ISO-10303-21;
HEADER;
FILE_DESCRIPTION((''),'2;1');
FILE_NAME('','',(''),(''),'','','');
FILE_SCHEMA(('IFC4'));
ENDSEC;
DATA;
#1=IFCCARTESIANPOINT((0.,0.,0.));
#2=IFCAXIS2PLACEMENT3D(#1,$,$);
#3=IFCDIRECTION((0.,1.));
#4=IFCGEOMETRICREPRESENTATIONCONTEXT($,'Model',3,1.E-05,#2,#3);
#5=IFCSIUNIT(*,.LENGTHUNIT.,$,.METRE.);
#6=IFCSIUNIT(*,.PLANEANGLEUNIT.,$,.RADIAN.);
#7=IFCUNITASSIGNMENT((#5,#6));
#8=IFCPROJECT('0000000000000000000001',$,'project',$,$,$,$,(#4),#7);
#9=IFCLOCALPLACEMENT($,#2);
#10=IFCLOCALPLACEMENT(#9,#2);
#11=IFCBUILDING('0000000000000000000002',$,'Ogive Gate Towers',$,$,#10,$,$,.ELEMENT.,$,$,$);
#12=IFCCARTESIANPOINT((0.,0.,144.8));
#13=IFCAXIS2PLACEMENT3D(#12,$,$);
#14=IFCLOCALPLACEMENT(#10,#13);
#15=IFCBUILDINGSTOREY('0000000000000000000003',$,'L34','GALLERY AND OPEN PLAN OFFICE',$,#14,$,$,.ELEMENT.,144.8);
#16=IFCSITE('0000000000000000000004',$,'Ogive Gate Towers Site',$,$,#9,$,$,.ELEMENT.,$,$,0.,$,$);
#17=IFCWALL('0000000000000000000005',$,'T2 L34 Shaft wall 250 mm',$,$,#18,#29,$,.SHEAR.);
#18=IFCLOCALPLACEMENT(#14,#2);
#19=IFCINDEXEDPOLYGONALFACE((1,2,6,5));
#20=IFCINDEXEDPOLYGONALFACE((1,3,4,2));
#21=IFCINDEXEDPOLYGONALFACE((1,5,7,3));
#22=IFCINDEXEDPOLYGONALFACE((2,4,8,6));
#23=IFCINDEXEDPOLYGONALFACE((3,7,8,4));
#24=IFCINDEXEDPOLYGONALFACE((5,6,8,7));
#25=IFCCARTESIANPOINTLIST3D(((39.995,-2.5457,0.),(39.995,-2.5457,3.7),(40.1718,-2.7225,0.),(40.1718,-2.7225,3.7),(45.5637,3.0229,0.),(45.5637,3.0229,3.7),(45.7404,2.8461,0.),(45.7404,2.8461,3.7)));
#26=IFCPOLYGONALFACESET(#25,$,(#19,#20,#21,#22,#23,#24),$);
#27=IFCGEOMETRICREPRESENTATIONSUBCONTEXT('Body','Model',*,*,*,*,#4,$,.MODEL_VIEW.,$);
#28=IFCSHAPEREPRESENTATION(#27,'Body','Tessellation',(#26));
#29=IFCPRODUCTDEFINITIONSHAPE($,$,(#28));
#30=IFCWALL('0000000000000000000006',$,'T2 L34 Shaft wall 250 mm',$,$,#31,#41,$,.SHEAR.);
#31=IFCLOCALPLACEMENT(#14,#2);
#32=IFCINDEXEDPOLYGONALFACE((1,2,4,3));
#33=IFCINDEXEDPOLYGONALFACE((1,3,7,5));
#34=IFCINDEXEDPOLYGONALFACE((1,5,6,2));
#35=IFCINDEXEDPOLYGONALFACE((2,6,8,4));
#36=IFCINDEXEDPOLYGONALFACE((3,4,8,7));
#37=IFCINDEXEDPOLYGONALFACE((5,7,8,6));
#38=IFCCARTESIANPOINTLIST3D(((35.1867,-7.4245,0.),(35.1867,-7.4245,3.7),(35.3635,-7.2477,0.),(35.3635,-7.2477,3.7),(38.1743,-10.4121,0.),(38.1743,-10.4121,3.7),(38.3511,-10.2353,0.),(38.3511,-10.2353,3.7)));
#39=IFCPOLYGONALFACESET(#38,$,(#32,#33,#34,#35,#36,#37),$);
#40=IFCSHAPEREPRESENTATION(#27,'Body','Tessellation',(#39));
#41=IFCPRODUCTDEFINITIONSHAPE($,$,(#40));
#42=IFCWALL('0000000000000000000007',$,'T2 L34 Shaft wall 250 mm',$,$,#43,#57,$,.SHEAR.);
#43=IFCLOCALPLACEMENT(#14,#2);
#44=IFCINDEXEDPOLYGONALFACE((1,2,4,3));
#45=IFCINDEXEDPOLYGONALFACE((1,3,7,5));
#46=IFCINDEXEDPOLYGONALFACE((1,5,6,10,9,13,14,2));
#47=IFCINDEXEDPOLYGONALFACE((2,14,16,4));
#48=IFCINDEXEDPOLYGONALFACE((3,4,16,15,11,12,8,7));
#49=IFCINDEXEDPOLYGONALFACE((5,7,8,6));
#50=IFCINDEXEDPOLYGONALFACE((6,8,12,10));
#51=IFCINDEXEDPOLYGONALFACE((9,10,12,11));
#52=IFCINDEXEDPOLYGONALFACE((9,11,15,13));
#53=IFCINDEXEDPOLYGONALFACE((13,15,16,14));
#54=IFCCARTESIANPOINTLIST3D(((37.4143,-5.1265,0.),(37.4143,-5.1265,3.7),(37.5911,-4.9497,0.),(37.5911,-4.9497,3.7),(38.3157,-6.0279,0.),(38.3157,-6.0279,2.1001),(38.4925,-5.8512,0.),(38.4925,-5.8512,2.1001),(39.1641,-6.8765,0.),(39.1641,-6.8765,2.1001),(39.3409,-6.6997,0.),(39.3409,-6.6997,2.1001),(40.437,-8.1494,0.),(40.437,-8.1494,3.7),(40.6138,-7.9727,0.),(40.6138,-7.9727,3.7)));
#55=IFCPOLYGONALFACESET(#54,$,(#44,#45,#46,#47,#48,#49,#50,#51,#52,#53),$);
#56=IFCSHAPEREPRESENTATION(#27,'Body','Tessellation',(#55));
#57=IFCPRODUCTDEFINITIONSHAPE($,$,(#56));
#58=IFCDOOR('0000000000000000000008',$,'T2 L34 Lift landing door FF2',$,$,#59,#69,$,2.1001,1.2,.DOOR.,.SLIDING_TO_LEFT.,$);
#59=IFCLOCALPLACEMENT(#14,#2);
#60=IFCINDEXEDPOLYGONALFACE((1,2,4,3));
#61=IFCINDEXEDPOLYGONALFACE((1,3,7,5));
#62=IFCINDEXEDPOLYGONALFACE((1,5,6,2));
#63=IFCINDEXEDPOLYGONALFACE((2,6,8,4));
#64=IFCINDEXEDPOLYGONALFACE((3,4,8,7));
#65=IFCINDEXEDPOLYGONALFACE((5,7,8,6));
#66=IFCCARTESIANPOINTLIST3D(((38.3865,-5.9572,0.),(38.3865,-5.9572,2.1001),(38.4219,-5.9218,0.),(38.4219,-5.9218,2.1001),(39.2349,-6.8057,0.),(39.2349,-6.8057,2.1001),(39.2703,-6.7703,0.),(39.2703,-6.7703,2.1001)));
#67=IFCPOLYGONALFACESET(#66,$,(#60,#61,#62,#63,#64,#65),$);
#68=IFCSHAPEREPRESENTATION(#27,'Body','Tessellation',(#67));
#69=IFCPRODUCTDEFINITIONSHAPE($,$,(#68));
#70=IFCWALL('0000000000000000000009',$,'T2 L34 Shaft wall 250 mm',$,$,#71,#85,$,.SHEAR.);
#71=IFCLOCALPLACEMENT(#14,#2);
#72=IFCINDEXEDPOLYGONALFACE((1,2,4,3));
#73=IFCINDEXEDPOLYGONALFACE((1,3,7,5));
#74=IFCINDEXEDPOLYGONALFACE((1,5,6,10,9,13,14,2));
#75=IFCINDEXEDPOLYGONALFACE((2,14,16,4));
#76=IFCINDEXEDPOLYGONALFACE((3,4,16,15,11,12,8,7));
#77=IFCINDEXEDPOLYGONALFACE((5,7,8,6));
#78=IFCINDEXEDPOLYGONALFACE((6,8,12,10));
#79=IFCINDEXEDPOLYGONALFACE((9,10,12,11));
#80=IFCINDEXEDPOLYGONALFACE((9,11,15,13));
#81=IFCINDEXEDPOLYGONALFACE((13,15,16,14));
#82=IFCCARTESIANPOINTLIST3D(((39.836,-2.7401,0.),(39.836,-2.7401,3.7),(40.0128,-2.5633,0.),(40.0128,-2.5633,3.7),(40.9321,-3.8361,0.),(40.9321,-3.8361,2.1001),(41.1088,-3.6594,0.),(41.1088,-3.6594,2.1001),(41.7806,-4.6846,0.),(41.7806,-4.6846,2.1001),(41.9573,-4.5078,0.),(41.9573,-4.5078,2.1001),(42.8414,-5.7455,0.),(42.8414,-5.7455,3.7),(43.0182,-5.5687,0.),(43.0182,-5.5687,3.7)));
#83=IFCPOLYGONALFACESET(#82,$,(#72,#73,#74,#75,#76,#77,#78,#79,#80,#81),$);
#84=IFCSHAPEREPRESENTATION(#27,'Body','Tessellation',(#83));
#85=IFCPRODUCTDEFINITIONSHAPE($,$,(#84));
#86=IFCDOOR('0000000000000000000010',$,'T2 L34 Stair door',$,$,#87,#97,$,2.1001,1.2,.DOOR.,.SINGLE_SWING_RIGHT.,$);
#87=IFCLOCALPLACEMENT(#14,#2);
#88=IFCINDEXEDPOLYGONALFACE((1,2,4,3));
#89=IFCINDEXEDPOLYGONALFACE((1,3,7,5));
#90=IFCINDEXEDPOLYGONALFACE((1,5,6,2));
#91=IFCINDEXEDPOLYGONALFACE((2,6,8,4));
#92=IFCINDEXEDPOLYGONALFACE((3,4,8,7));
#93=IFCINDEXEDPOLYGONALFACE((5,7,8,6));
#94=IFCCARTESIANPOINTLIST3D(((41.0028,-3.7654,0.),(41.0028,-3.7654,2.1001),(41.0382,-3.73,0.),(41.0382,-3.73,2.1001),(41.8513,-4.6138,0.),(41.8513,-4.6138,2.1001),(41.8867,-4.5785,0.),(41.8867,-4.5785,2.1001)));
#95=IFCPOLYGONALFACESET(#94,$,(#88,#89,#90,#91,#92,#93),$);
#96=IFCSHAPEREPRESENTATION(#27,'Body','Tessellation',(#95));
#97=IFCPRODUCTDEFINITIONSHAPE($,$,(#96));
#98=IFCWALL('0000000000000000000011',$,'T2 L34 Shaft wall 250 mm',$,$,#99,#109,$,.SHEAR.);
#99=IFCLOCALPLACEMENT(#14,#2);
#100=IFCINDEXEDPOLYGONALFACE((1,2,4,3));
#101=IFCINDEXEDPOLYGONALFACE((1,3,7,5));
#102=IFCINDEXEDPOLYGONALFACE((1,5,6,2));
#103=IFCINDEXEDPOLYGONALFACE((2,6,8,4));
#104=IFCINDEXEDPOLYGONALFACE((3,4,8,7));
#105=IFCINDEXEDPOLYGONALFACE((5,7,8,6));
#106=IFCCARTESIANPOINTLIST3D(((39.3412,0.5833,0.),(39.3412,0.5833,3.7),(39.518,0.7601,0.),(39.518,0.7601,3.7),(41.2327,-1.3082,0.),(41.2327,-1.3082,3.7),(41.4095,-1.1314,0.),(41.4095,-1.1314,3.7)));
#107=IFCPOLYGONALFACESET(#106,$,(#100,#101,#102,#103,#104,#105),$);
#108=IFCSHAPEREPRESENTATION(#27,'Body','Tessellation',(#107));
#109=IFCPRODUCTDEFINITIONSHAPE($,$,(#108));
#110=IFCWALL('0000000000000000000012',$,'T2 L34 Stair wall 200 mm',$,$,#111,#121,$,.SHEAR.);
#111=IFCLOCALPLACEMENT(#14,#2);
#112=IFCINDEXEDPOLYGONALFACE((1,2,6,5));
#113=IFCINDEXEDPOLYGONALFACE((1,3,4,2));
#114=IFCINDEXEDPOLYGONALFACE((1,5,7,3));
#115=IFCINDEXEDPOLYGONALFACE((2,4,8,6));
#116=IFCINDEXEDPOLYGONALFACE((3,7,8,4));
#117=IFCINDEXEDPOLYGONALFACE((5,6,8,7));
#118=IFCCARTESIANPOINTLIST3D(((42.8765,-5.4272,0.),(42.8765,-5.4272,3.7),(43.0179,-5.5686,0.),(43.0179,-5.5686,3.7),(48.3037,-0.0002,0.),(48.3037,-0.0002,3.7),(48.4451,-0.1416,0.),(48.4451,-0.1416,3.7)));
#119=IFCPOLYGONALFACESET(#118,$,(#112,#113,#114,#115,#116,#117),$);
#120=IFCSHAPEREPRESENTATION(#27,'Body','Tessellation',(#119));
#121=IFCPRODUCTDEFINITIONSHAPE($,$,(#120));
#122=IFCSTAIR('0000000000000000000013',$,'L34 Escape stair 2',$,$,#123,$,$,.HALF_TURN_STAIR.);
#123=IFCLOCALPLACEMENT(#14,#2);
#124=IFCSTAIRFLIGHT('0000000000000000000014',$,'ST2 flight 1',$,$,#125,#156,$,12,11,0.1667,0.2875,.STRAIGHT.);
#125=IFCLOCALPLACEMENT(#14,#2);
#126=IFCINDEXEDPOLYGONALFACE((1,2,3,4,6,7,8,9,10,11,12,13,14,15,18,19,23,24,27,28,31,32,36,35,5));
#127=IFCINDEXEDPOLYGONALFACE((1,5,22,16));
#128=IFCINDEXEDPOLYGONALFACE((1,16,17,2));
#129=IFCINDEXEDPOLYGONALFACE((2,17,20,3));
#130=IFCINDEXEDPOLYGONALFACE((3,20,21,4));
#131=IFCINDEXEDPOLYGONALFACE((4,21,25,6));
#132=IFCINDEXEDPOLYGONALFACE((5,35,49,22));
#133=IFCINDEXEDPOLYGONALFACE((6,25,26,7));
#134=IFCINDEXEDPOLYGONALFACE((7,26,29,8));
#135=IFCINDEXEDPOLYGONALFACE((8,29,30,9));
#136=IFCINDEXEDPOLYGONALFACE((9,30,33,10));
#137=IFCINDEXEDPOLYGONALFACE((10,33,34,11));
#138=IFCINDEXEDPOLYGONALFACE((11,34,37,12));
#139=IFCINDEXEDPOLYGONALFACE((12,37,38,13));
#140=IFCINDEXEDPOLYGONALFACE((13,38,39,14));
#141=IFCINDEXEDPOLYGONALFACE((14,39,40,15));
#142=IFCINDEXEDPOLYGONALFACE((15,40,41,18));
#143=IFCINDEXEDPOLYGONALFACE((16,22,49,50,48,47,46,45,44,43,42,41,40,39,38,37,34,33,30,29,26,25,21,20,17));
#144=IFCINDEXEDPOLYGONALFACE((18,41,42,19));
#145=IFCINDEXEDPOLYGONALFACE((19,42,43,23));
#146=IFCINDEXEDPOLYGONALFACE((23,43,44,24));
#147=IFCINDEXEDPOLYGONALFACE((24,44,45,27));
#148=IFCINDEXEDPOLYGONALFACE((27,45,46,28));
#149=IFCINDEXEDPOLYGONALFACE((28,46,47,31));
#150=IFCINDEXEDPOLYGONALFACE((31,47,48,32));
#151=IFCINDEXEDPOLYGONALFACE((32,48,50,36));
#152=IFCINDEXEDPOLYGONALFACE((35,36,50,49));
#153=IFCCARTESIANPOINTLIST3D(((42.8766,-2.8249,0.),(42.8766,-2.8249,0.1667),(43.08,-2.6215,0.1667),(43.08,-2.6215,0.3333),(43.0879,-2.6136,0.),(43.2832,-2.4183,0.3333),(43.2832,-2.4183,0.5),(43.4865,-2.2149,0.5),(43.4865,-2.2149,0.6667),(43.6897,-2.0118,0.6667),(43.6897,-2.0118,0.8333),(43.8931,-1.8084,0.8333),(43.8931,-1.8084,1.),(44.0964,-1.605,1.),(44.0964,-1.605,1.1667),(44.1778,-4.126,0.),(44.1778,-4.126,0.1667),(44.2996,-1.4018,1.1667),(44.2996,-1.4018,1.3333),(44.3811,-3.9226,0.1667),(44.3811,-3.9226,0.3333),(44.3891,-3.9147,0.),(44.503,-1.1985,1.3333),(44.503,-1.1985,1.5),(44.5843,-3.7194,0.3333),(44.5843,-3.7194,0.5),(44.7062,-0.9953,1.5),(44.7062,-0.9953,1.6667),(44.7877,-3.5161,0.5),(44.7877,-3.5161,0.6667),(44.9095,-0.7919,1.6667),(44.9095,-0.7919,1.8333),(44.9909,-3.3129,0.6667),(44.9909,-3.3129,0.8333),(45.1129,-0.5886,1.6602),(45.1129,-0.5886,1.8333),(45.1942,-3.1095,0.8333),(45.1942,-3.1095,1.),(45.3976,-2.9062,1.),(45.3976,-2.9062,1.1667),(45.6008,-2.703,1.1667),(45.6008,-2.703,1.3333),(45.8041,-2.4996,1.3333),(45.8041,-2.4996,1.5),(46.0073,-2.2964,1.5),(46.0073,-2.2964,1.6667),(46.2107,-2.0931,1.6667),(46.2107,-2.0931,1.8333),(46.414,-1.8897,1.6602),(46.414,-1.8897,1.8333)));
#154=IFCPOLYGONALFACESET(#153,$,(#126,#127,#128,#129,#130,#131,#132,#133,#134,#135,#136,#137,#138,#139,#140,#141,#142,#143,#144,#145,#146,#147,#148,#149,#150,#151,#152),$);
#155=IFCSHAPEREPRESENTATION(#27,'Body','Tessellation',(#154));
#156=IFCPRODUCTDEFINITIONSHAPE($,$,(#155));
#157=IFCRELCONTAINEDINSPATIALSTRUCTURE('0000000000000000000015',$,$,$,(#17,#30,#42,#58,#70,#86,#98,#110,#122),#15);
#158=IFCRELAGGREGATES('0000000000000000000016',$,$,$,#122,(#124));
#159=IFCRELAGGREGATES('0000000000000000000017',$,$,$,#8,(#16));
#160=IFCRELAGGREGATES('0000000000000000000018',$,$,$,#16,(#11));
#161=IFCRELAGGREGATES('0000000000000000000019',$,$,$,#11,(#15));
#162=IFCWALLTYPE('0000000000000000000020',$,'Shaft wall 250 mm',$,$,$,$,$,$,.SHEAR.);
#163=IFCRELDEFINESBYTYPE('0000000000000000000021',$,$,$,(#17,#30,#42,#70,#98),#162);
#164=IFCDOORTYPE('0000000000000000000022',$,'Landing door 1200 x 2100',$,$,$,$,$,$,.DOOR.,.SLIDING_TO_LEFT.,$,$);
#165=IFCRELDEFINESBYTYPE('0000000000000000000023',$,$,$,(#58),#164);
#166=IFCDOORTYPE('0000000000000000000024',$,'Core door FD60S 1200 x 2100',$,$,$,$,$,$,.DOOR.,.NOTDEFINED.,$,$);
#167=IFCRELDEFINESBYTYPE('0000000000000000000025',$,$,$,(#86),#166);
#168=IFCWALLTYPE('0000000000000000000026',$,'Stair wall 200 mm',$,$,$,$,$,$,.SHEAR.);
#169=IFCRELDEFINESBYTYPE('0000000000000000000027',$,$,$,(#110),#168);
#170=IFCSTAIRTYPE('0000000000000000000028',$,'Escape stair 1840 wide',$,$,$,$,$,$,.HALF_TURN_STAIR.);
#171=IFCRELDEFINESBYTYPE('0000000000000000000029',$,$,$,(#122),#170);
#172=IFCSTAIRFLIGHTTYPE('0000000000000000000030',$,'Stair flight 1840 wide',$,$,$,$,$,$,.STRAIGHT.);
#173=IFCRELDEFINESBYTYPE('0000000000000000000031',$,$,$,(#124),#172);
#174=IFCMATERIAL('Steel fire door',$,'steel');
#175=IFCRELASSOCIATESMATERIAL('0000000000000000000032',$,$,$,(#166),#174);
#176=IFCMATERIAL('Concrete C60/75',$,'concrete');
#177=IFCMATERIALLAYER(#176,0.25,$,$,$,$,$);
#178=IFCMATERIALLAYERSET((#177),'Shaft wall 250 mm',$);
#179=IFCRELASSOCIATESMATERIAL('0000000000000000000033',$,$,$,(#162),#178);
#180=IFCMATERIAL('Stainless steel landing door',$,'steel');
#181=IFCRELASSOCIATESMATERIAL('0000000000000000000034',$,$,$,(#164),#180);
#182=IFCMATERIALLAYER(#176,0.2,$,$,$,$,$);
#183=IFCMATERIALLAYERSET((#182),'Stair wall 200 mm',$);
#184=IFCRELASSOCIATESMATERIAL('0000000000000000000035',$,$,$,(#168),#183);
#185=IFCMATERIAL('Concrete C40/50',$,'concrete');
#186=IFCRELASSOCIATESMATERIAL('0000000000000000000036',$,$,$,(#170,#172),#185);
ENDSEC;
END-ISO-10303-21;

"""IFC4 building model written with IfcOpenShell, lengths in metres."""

from ifc_helpers import new_model, si_unit, direction, frame, frame_2d, origin, place, context, subcontext, project, spatial, polyline, rectangle, outline, extrude, material, layer, layer_set, type_object, element, fill, aggregate, save


model = new_model("IFC4")

# Units and contexts
model_context = context("Model", 3, precision=1e-05, world=origin(), true_north=direction((0.0, 1.0)))
body_context = subcontext(model_context, "Body", "Model", "MODEL_VIEW")
ifc_project = project(units=[si_unit("LENGTHUNIT", "METRE"), si_unit("PLANEANGLEUNIT", "RADIAN")], contexts=[model_context])

# Site, building, storey
site_placement = place(None, origin())
site = spatial("IfcSite", under=ifc_project, at=site_placement, Name="Ogive Gate Towers Site", CompositionType="ELEMENT", RefElevation=0.0)
building_placement = place(site_placement, origin())
building = spatial("IfcBuilding", under=site, at=building_placement, Name="Ogive Gate Towers", CompositionType="ELEMENT")
storey_placement = place(building_placement, frame((0.0, 0.0, 144.8)))
storey = spatial("IfcBuildingStorey", under=building, at=storey_placement, Name="L34", Description="GALLERY AND OPEN PLAN OFFICE", CompositionType="ELEMENT", Elevation=144.8)

# Shared definitions
ifc_material_1 = material(Name="Concrete C60/75", Category="concrete")
ifc_material_2 = material(Name="Steel fire door", Category="steel")
door_type_1 = type_object("IfcDoorType", Name="Core door FD60S 1200 x 2100", OperationType="NOTDEFINED", PredefinedType="DOOR", material=ifc_material_2)

# Walls
ifc_layer_1 = layer(ifc_material_1, 0.25)
ifc_layer_set_1 = layer_set([ifc_layer_1], Name="Shaft wall 250 mm")
wall_type_1 = type_object("IfcWallType", Name="Shaft wall 250 mm", PredefinedType="SHEAR", material=ifc_layer_set_1)
wall_1_placement = place(storey_placement, frame((40.0835, -2.634, 0.0), z_axis=(0.0, 0.0, 1.0), x_axis=(0.707107, 0.707107, 0.0)))
element("IfcWall", 1, at=wall_1_placement, inside=storey, type_object=wall_type_1, Name="T2 L34 Shaft wall 250 mm", PredefinedType="SHEAR", context=body_context, shape_type="SweptSolid", body=[
    extrude(rectangle(XDim=7.8752, YDim=0.25, at=frame_2d((3.9375, 0.0))), origin(), (0.0, 0.0, 1.0), 3.7),
])
wall_2_placement = place(storey_placement, frame((38.2627, -10.3237, 0.0), z_axis=(0.0, 0.0, 1.0), x_axis=(-0.707107, 0.707107, 0.0)))
element("IfcWall", 2, at=wall_2_placement, inside=storey, type_object=wall_type_1, Name="T2 L34 Shaft wall 250 mm", PredefinedType="SHEAR", context=body_context, shape_type="SweptSolid", body=[
    extrude(rectangle(XDim=4.2251, YDim=0.25, at=frame_2d((2.1125, 0.0))), origin(), (0.0, 0.0, 1.0), 3.7),
])

# Walls, openings, doors
wall_3_placement = place(storey_placement, frame((40.5254, -8.061, 0.0), z_axis=(0.0, 0.0, 1.0), x_axis=(-0.707078, 0.707135, 0.0)))
wall_3 = element("IfcWall", 3, at=wall_3_placement, inside=storey, type_object=wall_type_1, Name="T2 L34 Shaft wall 250 mm", PredefinedType="SHEAR", context=body_context, shape_type="SweptSolid", body=[
    extrude(rectangle(XDim=4.2749, YDim=0.25, at=frame_2d((2.1375, 0.0))), origin(), (0.0, 0.0, 1.0), 3.7),
])
opening_1_placement = place(wall_3_placement, frame((1.8, 0.0, 0.0)))
opening_1 = element("IfcOpeningElement", 4, at=opening_1_placement, cuts=wall_3, PredefinedType="OPENING", context=body_context, shape_type="SweptSolid", body=[
    extrude(rectangle(XDim=1.2, YDim=2.1001, at=frame_2d((0.6001, 1.05))), frame((0.0, 0.135, 0.0), z_axis=(0.0, -1.0, 0.0), x_axis=(1.0, 0.0, 0.0)), (0.0, 0.0, 1.0), 0.27),
])
ifc_material_3 = material(Name="Stainless steel landing door", Category="steel")
door_type_2 = type_object("IfcDoorType", Name="Landing door 1200 x 2100", OperationType="SLIDING_TO_LEFT", PredefinedType="DOOR", material=ifc_material_3)
door_1_placement = place(opening_1_placement, origin())
door_1 = element("IfcDoor", 5, at=door_1_placement, inside=storey, type_object=door_type_2, Name="T2 L34 Lift landing door FF2", OperationType="SLIDING_TO_LEFT", OverallHeight=2.1001, OverallWidth=1.2, PredefinedType="DOOR", context=body_context, shape_type="SweptSolid", body=[
    extrude(rectangle(XDim=1.2, YDim=2.1001, at=frame_2d((0.6001, 1.05))), frame((0.0, 0.0249, 0.0), z_axis=(0.0, -1.0, 0.0), x_axis=(1.0, 0.0, 0.0)), (0.0, 0.0, 1.0), 0.05),
])
fill(opening_1, door_1)
wall_4_placement = place(storey_placement, frame((42.9297, -5.657, 0.0), z_axis=(0.0, 0.0, 1.0), x_axis=(-0.707107, 0.707107, 0.0)))
wall_4 = element("IfcWall", 6, at=wall_4_placement, inside=storey, type_object=wall_type_1, Name="T2 L34 Shaft wall 250 mm", PredefinedType="SHEAR", context=body_context, shape_type="SweptSolid", body=[
    extrude(rectangle(XDim=4.2502, YDim=0.25, at=frame_2d((2.125, 0.0))), origin(), (0.0, 0.0, 1.0), 3.7),
])
opening_2_placement = place(wall_4_placement, frame((1.5, 0.0, 0.0)))
opening_2 = element("IfcOpeningElement", 7, at=opening_2_placement, cuts=wall_4, PredefinedType="OPENING", context=body_context, shape_type="SweptSolid", body=[
    extrude(rectangle(XDim=1.2, YDim=2.1001, at=frame_2d((0.6001, 1.05))), frame((0.0, 0.135, 0.0), z_axis=(0.0, -1.0, 0.0), x_axis=(1.0, 0.0, 0.0)), (0.0, 0.0, 1.0), 0.27),
])
door_2_placement = place(opening_2_placement, origin())
door_2 = element("IfcDoor", 8, at=door_2_placement, inside=storey, type_object=door_type_1, Name="T2 L34 Stair door", OperationType="SINGLE_SWING_RIGHT", OverallHeight=2.1001, OverallWidth=1.2, PredefinedType="DOOR", context=body_context, shape_type="SweptSolid", body=[
    extrude(rectangle(XDim=1.2, YDim=2.1001, at=frame_2d((0.6001, 1.05))), frame((0.0, 0.0249, 0.0), z_axis=(0.0, -1.0, 0.0), x_axis=(1.0, 0.0, 0.0)), (0.0, 0.0, 1.0), 0.05),
])
fill(opening_2, door_2)

# Walls
wall_5_placement = place(storey_placement, frame((41.321, -1.2197, 0.0), z_axis=(0.0, 0.0, 1.0), x_axis=(-0.707107, 0.707107, 0.0)))
element("IfcWall", 9, at=wall_5_placement, inside=storey, type_object=wall_type_1, Name="T2 L34 Shaft wall 250 mm", PredefinedType="SHEAR", context=body_context, shape_type="SweptSolid", body=[
    extrude(rectangle(XDim=2.675, YDim=0.25, at=frame_2d((1.3374, 0.0))), origin(), (0.0, 0.0, 1.0), 3.7),
])
ifc_layer_2 = layer(ifc_material_1, 0.2)
ifc_layer_set_2 = layer_set([ifc_layer_2], Name="Stair wall 200 mm")
wall_type_2 = type_object("IfcWallType", Name="Stair wall 200 mm", PredefinedType="SHEAR", material=ifc_layer_set_2)
wall_6_placement = place(storey_placement, frame((42.9473, -5.4978, 0.0), z_axis=(0.0, 0.0, 1.0), x_axis=(0.707123, 0.707091, 0.0)))
element("IfcWall", 10, at=wall_6_placement, inside=storey, type_object=wall_type_2, Name="T2 L34 Stair wall 200 mm", PredefinedType="SHEAR", context=body_context, shape_type="SweptSolid", body=[
    extrude(rectangle(XDim=7.675, YDim=0.2, at=frame_2d((3.8374, 0.0))), origin(), (0.0, 0.0, 1.0), 3.7),
])

# Stair, stair flight
ifc_material_4 = material(Name="Concrete C40/50", Category="concrete")
stair_type = type_object("IfcStairType", Name="Escape stair 1840 wide", PredefinedType="HALF_TURN_STAIR", material=ifc_material_4)
stair_placement = place(storey_placement, origin())
stair = element("IfcStair", 11, at=stair_placement, inside=storey, type_object=stair_type, Name="L34 Escape stair 2", PredefinedType="HALF_TURN_STAIR")
stair_flight_type = type_object("IfcStairFlightType", Name="Stair flight 1840 wide", PredefinedType="STRAIGHT", material=ifc_material_4)
stair_flight_placement = place(storey_placement, frame((43.5271, -3.4753, 0.0), z_axis=(0.0, 0.0, 1.0), x_axis=(0.707107, 0.707107, 0.0)))
stair_flight = element("IfcStairFlight", 12, at=stair_flight_placement, type_object=stair_flight_type, Name="ST2 flight 1", NumberOfRisers=12, NumberOfTreads=11, PredefinedType="STRAIGHT", RiserHeight=0.1667, TreadLength=0.2875, context=body_context, shape_type="SweptSolid", body=[
    extrude(outline(polyline([(0.0, 0.0), (0.0, 0.1667), (0.2876, 0.1667), (0.2876, 0.3333), (0.575, 0.3333), (0.575, 0.5), (0.8625, 0.5), (0.8625, 0.6667), (1.1499, 0.6667), (1.1499, 0.8333), (1.4375, 0.8333), (1.4375, 1.0), (1.7251, 1.0), (1.7251, 1.1667), (2.0125, 1.1667), (2.0125, 1.3333), (2.3, 1.3333), (2.3, 1.5), (2.5874, 1.5), (2.5874, 1.6667), (2.875, 1.6667), (2.875, 1.8333), (3.1626, 1.8333), (3.1626, 2.0), (3.1626, 1.6602), (0.2988, 0.0), (0.0, 0.0)])), frame((0.0, 0.9199, 0.0), z_axis=(0.0, -1.0, 0.0), x_axis=(1.0, 0.0, 0.0)), (0.0, 0.0, 1.0), 1.8401),
])
aggregate(stair, [stair_flight])

save(model, "model.ifc")
